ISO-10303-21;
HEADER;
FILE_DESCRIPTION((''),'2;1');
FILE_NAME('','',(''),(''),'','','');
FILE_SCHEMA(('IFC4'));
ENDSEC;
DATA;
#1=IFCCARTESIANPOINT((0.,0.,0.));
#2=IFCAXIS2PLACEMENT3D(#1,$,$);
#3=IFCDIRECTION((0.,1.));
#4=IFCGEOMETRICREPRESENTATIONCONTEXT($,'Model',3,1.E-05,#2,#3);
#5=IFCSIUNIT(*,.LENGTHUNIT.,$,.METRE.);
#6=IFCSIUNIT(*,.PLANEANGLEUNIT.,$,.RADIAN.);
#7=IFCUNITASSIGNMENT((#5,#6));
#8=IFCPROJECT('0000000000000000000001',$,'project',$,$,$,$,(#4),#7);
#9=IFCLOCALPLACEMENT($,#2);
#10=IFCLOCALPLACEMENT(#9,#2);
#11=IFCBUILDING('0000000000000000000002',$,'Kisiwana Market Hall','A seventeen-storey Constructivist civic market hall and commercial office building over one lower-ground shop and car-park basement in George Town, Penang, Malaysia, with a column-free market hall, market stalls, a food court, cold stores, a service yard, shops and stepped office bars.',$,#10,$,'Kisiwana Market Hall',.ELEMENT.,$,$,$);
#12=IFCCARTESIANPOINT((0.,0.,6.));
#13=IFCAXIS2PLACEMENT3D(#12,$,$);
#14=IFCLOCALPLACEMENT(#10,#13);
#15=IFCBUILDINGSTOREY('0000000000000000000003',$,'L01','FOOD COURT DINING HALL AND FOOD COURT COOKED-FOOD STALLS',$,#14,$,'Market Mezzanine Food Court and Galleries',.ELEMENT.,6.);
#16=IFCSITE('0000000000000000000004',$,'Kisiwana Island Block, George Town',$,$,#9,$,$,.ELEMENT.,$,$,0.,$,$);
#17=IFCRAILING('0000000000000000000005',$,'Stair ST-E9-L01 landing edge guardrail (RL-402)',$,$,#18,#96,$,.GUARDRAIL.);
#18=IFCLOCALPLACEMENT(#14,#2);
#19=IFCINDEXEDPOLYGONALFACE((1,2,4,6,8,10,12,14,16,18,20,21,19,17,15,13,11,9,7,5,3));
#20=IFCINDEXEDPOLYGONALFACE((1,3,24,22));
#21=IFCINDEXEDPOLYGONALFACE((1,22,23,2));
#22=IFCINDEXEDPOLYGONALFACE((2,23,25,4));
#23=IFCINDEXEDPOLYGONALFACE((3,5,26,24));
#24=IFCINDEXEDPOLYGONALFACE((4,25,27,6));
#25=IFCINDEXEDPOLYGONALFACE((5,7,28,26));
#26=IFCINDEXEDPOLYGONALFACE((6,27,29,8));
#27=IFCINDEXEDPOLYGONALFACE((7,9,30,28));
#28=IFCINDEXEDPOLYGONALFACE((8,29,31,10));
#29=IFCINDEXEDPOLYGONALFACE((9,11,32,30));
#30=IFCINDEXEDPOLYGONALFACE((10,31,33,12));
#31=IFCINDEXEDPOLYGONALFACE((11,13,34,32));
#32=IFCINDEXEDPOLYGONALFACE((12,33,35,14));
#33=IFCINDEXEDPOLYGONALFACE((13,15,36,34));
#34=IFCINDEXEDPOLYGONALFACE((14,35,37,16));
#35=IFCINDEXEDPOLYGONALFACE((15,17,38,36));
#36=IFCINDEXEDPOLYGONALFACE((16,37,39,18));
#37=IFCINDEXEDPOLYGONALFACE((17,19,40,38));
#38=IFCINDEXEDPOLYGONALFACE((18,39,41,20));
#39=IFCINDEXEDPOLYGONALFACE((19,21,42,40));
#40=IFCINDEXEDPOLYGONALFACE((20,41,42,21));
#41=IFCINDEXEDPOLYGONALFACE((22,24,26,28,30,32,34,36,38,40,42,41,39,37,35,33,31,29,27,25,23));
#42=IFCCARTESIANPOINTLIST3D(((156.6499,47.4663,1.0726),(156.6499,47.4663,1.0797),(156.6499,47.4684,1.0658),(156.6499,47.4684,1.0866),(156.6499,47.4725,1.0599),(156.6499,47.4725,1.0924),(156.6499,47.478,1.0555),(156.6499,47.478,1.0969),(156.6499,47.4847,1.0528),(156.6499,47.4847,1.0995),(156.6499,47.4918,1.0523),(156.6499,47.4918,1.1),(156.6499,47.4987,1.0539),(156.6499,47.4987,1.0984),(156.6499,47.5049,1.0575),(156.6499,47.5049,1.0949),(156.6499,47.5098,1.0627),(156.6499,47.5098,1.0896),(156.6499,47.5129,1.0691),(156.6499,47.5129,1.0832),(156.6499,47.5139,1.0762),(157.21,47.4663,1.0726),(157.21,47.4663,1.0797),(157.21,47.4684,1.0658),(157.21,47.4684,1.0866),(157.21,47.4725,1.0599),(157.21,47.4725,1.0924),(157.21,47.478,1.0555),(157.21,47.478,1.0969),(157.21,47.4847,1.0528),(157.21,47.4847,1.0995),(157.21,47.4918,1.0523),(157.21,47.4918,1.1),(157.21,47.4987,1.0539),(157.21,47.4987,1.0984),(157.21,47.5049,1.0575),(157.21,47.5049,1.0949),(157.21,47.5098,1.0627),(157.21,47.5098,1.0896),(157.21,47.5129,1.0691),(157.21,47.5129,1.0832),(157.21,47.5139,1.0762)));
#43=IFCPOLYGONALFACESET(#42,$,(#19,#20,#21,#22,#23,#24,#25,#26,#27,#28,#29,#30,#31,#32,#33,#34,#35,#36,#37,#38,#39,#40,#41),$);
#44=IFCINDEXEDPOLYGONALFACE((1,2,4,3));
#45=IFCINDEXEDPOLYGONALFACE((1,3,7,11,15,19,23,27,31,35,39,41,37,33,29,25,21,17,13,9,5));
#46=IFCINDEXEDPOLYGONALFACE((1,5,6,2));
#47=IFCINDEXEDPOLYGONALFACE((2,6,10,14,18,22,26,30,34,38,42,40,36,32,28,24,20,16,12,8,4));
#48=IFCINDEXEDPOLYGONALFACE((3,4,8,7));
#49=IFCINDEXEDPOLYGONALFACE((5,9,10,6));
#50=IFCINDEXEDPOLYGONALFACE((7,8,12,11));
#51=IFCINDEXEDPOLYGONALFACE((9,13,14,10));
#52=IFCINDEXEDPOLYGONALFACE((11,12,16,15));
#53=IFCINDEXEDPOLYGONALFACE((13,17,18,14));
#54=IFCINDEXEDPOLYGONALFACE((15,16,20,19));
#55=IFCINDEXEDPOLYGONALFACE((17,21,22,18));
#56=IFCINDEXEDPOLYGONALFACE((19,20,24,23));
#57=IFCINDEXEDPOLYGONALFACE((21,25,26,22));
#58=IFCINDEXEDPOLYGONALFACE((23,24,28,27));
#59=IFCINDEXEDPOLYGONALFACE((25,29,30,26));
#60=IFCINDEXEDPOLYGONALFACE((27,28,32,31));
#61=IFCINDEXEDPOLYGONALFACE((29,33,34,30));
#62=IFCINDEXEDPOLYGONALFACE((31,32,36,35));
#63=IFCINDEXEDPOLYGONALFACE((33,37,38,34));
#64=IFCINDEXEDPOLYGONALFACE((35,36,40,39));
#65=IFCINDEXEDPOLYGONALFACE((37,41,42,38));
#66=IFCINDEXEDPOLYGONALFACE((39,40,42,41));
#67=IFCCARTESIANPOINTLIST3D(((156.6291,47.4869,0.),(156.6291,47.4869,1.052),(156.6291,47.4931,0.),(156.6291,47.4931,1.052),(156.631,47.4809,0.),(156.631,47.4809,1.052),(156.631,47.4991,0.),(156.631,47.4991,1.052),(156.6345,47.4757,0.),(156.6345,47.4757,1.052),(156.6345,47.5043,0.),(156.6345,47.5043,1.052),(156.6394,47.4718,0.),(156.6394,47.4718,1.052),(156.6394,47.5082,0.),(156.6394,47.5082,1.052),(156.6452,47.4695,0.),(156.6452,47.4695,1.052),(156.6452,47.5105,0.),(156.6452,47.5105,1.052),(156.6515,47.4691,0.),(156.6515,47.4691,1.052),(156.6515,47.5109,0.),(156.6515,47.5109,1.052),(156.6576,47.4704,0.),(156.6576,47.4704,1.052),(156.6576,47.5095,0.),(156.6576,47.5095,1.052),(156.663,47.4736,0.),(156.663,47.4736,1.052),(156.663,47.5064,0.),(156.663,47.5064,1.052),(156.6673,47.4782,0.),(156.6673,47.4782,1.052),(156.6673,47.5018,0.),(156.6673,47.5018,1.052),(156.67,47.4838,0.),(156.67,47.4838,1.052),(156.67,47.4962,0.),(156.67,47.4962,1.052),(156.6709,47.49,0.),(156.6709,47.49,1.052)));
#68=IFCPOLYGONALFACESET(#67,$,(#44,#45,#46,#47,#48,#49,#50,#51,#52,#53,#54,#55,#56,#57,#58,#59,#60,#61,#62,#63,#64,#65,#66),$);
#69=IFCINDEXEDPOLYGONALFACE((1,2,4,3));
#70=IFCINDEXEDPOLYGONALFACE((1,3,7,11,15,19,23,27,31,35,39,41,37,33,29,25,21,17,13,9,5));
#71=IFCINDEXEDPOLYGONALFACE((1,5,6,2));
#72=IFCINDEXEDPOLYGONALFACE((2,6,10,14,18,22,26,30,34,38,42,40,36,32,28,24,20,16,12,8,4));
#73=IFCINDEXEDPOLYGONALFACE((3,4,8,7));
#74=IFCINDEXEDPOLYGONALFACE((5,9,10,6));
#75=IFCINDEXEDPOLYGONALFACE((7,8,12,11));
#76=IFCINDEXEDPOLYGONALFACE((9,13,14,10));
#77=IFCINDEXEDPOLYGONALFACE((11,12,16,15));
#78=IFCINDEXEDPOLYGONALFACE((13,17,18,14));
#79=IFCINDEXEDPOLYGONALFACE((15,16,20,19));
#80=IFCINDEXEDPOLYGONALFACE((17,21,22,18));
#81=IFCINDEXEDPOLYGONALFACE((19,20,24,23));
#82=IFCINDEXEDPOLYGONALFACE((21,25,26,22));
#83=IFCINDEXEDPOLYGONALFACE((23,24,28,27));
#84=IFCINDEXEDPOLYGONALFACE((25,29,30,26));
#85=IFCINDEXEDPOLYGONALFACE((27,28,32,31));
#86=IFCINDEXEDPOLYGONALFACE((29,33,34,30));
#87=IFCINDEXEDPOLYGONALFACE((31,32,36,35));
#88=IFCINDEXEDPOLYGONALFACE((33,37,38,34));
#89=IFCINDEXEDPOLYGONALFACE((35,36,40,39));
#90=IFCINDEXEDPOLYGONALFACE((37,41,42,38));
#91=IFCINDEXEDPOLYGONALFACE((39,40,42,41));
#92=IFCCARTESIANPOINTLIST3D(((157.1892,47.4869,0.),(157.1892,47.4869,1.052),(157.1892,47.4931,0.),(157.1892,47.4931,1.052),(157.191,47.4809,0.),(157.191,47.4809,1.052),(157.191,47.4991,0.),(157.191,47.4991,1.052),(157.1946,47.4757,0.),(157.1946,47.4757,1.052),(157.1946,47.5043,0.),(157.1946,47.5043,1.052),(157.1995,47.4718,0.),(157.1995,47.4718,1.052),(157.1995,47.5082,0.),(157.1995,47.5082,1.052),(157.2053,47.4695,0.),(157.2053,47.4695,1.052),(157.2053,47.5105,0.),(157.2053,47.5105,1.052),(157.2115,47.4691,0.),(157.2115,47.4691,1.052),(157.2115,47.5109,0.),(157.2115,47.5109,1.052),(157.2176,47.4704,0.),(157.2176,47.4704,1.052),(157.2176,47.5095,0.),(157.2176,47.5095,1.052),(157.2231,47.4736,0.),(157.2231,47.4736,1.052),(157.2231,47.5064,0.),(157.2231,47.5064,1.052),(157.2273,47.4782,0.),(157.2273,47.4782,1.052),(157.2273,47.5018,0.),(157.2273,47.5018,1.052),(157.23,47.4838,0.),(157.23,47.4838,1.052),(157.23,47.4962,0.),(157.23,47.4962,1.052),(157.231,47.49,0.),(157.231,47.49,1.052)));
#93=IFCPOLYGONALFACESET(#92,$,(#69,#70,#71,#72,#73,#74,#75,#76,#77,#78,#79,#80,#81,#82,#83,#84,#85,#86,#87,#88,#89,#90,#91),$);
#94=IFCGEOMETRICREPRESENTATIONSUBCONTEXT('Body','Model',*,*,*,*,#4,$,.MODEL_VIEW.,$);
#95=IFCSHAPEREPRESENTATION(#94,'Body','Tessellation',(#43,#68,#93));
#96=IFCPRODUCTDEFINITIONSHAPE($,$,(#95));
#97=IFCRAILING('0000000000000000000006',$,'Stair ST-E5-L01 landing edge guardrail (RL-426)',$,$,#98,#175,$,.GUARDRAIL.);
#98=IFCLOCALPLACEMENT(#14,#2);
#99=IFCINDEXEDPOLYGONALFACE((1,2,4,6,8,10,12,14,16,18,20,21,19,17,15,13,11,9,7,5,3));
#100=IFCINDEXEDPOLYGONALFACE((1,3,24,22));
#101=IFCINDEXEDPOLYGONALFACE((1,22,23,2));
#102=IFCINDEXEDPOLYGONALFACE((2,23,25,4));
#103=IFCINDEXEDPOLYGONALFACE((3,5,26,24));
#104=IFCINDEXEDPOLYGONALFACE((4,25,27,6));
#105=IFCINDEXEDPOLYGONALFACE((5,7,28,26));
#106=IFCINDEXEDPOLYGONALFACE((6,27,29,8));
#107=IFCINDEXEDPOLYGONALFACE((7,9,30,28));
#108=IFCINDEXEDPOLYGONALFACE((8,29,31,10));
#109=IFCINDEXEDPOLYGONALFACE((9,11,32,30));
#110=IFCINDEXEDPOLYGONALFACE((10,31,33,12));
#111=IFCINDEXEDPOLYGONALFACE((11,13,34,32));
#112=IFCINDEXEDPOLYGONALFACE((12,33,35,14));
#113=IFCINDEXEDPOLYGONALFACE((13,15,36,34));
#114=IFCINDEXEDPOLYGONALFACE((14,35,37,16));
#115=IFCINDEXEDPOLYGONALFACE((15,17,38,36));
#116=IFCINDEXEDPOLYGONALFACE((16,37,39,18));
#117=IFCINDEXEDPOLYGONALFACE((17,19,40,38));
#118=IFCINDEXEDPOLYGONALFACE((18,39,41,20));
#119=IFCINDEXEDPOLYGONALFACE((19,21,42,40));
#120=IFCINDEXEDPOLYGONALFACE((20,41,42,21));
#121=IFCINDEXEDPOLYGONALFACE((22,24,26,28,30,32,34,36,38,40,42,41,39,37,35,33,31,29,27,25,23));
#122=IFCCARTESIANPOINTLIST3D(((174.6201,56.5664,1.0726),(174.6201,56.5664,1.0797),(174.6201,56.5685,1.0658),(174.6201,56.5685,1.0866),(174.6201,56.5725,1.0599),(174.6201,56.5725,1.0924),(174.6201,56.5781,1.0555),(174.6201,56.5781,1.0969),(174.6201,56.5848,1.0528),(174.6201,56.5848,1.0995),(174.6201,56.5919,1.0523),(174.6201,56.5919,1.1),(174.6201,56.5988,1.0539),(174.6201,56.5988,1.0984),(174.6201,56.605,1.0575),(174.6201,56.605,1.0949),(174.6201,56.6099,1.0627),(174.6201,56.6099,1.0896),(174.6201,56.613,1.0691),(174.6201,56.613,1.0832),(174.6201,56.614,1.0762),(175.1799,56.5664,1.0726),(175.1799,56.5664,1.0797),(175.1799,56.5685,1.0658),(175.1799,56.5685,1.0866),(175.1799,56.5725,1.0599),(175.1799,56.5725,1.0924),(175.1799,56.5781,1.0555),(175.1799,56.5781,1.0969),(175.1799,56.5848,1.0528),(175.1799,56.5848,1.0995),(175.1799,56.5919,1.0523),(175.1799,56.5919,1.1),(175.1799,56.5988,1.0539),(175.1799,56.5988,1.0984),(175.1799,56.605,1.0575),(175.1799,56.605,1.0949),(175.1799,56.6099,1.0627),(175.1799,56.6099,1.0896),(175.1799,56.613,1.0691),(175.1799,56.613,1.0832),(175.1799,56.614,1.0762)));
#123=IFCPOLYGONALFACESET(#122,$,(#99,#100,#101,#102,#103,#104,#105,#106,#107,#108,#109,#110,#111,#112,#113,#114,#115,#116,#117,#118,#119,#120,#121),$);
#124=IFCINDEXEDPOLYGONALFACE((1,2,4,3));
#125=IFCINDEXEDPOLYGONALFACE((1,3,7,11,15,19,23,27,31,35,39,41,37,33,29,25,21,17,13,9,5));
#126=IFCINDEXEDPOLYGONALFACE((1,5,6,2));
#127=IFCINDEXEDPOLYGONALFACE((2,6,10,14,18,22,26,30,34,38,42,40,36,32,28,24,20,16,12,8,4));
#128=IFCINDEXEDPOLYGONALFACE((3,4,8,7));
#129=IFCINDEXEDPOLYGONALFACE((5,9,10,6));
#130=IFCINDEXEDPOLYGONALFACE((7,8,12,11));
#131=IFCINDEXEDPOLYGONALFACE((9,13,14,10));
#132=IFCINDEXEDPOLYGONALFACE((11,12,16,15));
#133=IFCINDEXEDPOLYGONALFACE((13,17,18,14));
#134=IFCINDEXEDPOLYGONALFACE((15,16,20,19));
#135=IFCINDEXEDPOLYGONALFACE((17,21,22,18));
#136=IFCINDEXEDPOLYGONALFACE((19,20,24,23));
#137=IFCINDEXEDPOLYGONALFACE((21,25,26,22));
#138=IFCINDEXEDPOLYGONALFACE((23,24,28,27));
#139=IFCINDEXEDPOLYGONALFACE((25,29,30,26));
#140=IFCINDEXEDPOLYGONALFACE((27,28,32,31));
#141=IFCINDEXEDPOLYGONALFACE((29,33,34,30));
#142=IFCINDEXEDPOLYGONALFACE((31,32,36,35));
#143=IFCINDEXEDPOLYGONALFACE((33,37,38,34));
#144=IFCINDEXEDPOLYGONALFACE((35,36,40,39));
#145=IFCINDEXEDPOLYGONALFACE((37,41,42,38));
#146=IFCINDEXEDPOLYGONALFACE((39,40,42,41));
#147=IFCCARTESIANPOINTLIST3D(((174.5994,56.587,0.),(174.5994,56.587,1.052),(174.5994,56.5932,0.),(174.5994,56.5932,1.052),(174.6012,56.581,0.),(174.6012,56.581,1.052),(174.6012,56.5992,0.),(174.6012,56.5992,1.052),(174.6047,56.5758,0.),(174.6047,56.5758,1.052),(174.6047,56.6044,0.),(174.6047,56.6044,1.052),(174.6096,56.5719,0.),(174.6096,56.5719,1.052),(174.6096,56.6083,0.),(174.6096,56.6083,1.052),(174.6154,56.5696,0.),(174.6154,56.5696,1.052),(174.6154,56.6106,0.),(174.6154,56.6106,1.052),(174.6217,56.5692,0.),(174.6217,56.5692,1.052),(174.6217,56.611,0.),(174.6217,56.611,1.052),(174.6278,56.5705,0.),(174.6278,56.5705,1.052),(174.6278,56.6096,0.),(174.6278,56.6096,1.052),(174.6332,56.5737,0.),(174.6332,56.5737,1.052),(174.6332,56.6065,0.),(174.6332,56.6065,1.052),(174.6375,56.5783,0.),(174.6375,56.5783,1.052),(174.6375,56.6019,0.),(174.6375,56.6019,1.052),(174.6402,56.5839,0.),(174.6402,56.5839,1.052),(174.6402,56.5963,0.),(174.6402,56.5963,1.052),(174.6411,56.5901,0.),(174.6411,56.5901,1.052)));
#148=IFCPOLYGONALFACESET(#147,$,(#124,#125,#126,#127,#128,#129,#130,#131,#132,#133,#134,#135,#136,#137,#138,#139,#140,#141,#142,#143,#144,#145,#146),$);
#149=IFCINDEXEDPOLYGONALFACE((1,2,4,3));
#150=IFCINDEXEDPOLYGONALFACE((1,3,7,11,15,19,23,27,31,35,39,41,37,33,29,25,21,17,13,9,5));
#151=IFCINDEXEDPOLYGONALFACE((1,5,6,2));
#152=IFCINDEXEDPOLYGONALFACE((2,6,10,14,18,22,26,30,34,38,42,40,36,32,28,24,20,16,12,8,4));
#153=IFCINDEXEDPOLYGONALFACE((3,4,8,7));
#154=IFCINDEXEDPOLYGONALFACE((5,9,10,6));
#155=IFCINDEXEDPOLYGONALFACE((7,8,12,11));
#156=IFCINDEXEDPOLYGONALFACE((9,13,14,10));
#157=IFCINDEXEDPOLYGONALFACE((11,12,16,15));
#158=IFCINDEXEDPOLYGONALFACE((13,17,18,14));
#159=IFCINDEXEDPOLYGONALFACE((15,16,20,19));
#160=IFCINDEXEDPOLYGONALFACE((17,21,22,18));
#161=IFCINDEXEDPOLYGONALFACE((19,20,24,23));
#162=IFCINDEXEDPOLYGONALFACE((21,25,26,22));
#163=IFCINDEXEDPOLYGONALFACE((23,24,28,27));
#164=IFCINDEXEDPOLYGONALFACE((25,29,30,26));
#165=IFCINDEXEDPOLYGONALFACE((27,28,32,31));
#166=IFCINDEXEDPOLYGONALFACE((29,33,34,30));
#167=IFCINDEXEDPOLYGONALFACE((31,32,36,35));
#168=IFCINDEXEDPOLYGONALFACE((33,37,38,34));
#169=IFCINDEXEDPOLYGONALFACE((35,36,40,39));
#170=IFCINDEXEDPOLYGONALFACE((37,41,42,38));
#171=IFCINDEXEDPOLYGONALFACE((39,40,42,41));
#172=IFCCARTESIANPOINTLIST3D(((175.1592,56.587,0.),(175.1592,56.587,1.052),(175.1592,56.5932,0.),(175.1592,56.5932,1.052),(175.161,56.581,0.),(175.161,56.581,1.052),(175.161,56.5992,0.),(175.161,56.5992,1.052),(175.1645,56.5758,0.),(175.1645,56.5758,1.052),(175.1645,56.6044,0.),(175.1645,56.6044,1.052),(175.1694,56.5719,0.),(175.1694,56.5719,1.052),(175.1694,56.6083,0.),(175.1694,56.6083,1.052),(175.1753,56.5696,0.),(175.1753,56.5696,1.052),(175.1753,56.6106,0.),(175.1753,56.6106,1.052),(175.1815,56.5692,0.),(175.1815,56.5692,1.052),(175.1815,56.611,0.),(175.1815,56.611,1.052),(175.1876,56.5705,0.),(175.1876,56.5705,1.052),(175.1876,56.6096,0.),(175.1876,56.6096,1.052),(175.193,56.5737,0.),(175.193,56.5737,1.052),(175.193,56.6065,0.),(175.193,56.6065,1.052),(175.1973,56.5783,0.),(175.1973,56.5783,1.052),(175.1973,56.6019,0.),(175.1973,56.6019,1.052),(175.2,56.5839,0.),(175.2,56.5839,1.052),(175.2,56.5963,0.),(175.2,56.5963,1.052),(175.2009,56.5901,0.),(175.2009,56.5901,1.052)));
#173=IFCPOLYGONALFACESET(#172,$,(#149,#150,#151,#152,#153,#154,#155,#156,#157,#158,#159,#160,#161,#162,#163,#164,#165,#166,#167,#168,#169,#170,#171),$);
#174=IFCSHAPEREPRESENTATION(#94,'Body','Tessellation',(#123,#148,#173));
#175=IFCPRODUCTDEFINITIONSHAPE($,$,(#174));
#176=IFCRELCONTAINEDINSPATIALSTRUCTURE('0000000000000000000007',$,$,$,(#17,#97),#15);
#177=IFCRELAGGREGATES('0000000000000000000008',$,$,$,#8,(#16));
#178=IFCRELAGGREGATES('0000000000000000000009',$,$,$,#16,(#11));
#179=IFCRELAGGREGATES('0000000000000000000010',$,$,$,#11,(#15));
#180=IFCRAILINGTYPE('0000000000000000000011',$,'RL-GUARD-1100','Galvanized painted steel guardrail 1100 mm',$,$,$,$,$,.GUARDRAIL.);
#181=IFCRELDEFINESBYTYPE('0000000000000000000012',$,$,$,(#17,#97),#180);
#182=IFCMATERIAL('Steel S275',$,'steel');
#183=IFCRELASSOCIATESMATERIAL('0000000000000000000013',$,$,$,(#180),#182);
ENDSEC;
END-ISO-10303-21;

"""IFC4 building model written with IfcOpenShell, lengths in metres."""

from ifc_helpers import new_model, si_unit, direction, frame, origin, origin_2d, place, context, subcontext, project, spatial, circle, extrude, material, type_object, element, save


model = new_model("IFC4")

# Units and contexts
model_context = context("Model", 3, precision=1e-05, world=origin(), true_north=direction((0.0, 1.0)))
body_context = subcontext(model_context, "Body", "Model", "MODEL_VIEW")
ifc_project = project(units=[si_unit("LENGTHUNIT", "METRE"), si_unit("PLANEANGLEUNIT", "RADIAN")], contexts=[model_context])

# Site, building, storey
site_placement = place(None, origin())
site = spatial("IfcSite", under=ifc_project, at=site_placement, Name="Kisiwana Island Block, George Town", CompositionType="ELEMENT", RefElevation=0.0)
building_placement = place(site_placement, origin())
building = spatial("IfcBuilding", under=site, at=building_placement, Name="Kisiwana Market Hall", Description="A seventeen-storey Constructivist civic market hall and commercial office building over one lower-ground shop and car-park basement in George Town, Penang, Malaysia, with a column-free market hall, market stalls, a food court, cold stores, a service yard, shops and stepped office bars.", LongName="Kisiwana Market Hall", CompositionType="ELEMENT")
storey_placement = place(building_placement, frame((0.0, 0.0, 6.0)))
storey = spatial("IfcBuildingStorey", under=building, at=storey_placement, Name="L01", Description="FOOD COURT DINING HALL AND FOOD COURT COOKED-FOOD STALLS", LongName="Market Mezzanine Food Court and Galleries", CompositionType="ELEMENT", Elevation=6.0)

# Railings
ifc_material_1 = material(Name="Steel S275", Category="steel")
railing_type_1 = type_object("IfcRailingType", Name="RL-GUARD-1100", Description="Galvanized painted steel guardrail 1100 mm", PredefinedType="GUARDRAIL", material=ifc_material_1)
railing_1_placement = place(storey_placement, frame((156.6499, 47.49, 0.0)))
element("IfcRailing", 1, at=railing_1_placement, inside=storey, type_object=railing_type_1, Name="Stair ST-E9-L01 landing edge guardrail (RL-402)", PredefinedType="GUARDRAIL", context=body_context, shape_type="SweptSolid", body=[
    extrude(circle(Radius=0.0239, at=origin_2d()), frame((0.0, 0.0, 1.0762), z_axis=(1.0, 0.0, 0.0), x_axis=(0.0, 1.0, 0.0)), (0.0, 0.0, 1.0), 0.5601),
    extrude(circle(Radius=0.021, at=origin_2d()), origin(), (0.0, 0.0, 1.0), 1.052),
    extrude(circle(Radius=0.021, at=origin_2d()), frame((0.5601, 0.0, 0.0)), (0.0, 0.0, 1.0), 1.052),
])
railing_2_placement = place(storey_placement, frame((174.6201, 56.5901, 0.0)))
element("IfcRailing", 2, at=railing_2_placement, inside=storey, type_object=railing_type_1, Name="Stair ST-E5-L01 landing edge guardrail (RL-426)", PredefinedType="GUARDRAIL", context=body_context, shape_type="SweptSolid", body=[
    extrude(circle(Radius=0.0239, at=origin_2d()), frame((0.0, 0.0, 1.0762), z_axis=(1.0, 0.0, 0.0), x_axis=(0.0, 1.0, 0.0)), (0.0, 0.0, 1.0), 0.5598),
    extrude(circle(Radius=0.021, at=origin_2d()), origin(), (0.0, 0.0, 1.0), 1.052),
    extrude(circle(Radius=0.021, at=origin_2d()), frame((0.5598, 0.0, 0.0)), (0.0, 0.0, 1.0), 1.052),
])

save(model, "model.ifc")
